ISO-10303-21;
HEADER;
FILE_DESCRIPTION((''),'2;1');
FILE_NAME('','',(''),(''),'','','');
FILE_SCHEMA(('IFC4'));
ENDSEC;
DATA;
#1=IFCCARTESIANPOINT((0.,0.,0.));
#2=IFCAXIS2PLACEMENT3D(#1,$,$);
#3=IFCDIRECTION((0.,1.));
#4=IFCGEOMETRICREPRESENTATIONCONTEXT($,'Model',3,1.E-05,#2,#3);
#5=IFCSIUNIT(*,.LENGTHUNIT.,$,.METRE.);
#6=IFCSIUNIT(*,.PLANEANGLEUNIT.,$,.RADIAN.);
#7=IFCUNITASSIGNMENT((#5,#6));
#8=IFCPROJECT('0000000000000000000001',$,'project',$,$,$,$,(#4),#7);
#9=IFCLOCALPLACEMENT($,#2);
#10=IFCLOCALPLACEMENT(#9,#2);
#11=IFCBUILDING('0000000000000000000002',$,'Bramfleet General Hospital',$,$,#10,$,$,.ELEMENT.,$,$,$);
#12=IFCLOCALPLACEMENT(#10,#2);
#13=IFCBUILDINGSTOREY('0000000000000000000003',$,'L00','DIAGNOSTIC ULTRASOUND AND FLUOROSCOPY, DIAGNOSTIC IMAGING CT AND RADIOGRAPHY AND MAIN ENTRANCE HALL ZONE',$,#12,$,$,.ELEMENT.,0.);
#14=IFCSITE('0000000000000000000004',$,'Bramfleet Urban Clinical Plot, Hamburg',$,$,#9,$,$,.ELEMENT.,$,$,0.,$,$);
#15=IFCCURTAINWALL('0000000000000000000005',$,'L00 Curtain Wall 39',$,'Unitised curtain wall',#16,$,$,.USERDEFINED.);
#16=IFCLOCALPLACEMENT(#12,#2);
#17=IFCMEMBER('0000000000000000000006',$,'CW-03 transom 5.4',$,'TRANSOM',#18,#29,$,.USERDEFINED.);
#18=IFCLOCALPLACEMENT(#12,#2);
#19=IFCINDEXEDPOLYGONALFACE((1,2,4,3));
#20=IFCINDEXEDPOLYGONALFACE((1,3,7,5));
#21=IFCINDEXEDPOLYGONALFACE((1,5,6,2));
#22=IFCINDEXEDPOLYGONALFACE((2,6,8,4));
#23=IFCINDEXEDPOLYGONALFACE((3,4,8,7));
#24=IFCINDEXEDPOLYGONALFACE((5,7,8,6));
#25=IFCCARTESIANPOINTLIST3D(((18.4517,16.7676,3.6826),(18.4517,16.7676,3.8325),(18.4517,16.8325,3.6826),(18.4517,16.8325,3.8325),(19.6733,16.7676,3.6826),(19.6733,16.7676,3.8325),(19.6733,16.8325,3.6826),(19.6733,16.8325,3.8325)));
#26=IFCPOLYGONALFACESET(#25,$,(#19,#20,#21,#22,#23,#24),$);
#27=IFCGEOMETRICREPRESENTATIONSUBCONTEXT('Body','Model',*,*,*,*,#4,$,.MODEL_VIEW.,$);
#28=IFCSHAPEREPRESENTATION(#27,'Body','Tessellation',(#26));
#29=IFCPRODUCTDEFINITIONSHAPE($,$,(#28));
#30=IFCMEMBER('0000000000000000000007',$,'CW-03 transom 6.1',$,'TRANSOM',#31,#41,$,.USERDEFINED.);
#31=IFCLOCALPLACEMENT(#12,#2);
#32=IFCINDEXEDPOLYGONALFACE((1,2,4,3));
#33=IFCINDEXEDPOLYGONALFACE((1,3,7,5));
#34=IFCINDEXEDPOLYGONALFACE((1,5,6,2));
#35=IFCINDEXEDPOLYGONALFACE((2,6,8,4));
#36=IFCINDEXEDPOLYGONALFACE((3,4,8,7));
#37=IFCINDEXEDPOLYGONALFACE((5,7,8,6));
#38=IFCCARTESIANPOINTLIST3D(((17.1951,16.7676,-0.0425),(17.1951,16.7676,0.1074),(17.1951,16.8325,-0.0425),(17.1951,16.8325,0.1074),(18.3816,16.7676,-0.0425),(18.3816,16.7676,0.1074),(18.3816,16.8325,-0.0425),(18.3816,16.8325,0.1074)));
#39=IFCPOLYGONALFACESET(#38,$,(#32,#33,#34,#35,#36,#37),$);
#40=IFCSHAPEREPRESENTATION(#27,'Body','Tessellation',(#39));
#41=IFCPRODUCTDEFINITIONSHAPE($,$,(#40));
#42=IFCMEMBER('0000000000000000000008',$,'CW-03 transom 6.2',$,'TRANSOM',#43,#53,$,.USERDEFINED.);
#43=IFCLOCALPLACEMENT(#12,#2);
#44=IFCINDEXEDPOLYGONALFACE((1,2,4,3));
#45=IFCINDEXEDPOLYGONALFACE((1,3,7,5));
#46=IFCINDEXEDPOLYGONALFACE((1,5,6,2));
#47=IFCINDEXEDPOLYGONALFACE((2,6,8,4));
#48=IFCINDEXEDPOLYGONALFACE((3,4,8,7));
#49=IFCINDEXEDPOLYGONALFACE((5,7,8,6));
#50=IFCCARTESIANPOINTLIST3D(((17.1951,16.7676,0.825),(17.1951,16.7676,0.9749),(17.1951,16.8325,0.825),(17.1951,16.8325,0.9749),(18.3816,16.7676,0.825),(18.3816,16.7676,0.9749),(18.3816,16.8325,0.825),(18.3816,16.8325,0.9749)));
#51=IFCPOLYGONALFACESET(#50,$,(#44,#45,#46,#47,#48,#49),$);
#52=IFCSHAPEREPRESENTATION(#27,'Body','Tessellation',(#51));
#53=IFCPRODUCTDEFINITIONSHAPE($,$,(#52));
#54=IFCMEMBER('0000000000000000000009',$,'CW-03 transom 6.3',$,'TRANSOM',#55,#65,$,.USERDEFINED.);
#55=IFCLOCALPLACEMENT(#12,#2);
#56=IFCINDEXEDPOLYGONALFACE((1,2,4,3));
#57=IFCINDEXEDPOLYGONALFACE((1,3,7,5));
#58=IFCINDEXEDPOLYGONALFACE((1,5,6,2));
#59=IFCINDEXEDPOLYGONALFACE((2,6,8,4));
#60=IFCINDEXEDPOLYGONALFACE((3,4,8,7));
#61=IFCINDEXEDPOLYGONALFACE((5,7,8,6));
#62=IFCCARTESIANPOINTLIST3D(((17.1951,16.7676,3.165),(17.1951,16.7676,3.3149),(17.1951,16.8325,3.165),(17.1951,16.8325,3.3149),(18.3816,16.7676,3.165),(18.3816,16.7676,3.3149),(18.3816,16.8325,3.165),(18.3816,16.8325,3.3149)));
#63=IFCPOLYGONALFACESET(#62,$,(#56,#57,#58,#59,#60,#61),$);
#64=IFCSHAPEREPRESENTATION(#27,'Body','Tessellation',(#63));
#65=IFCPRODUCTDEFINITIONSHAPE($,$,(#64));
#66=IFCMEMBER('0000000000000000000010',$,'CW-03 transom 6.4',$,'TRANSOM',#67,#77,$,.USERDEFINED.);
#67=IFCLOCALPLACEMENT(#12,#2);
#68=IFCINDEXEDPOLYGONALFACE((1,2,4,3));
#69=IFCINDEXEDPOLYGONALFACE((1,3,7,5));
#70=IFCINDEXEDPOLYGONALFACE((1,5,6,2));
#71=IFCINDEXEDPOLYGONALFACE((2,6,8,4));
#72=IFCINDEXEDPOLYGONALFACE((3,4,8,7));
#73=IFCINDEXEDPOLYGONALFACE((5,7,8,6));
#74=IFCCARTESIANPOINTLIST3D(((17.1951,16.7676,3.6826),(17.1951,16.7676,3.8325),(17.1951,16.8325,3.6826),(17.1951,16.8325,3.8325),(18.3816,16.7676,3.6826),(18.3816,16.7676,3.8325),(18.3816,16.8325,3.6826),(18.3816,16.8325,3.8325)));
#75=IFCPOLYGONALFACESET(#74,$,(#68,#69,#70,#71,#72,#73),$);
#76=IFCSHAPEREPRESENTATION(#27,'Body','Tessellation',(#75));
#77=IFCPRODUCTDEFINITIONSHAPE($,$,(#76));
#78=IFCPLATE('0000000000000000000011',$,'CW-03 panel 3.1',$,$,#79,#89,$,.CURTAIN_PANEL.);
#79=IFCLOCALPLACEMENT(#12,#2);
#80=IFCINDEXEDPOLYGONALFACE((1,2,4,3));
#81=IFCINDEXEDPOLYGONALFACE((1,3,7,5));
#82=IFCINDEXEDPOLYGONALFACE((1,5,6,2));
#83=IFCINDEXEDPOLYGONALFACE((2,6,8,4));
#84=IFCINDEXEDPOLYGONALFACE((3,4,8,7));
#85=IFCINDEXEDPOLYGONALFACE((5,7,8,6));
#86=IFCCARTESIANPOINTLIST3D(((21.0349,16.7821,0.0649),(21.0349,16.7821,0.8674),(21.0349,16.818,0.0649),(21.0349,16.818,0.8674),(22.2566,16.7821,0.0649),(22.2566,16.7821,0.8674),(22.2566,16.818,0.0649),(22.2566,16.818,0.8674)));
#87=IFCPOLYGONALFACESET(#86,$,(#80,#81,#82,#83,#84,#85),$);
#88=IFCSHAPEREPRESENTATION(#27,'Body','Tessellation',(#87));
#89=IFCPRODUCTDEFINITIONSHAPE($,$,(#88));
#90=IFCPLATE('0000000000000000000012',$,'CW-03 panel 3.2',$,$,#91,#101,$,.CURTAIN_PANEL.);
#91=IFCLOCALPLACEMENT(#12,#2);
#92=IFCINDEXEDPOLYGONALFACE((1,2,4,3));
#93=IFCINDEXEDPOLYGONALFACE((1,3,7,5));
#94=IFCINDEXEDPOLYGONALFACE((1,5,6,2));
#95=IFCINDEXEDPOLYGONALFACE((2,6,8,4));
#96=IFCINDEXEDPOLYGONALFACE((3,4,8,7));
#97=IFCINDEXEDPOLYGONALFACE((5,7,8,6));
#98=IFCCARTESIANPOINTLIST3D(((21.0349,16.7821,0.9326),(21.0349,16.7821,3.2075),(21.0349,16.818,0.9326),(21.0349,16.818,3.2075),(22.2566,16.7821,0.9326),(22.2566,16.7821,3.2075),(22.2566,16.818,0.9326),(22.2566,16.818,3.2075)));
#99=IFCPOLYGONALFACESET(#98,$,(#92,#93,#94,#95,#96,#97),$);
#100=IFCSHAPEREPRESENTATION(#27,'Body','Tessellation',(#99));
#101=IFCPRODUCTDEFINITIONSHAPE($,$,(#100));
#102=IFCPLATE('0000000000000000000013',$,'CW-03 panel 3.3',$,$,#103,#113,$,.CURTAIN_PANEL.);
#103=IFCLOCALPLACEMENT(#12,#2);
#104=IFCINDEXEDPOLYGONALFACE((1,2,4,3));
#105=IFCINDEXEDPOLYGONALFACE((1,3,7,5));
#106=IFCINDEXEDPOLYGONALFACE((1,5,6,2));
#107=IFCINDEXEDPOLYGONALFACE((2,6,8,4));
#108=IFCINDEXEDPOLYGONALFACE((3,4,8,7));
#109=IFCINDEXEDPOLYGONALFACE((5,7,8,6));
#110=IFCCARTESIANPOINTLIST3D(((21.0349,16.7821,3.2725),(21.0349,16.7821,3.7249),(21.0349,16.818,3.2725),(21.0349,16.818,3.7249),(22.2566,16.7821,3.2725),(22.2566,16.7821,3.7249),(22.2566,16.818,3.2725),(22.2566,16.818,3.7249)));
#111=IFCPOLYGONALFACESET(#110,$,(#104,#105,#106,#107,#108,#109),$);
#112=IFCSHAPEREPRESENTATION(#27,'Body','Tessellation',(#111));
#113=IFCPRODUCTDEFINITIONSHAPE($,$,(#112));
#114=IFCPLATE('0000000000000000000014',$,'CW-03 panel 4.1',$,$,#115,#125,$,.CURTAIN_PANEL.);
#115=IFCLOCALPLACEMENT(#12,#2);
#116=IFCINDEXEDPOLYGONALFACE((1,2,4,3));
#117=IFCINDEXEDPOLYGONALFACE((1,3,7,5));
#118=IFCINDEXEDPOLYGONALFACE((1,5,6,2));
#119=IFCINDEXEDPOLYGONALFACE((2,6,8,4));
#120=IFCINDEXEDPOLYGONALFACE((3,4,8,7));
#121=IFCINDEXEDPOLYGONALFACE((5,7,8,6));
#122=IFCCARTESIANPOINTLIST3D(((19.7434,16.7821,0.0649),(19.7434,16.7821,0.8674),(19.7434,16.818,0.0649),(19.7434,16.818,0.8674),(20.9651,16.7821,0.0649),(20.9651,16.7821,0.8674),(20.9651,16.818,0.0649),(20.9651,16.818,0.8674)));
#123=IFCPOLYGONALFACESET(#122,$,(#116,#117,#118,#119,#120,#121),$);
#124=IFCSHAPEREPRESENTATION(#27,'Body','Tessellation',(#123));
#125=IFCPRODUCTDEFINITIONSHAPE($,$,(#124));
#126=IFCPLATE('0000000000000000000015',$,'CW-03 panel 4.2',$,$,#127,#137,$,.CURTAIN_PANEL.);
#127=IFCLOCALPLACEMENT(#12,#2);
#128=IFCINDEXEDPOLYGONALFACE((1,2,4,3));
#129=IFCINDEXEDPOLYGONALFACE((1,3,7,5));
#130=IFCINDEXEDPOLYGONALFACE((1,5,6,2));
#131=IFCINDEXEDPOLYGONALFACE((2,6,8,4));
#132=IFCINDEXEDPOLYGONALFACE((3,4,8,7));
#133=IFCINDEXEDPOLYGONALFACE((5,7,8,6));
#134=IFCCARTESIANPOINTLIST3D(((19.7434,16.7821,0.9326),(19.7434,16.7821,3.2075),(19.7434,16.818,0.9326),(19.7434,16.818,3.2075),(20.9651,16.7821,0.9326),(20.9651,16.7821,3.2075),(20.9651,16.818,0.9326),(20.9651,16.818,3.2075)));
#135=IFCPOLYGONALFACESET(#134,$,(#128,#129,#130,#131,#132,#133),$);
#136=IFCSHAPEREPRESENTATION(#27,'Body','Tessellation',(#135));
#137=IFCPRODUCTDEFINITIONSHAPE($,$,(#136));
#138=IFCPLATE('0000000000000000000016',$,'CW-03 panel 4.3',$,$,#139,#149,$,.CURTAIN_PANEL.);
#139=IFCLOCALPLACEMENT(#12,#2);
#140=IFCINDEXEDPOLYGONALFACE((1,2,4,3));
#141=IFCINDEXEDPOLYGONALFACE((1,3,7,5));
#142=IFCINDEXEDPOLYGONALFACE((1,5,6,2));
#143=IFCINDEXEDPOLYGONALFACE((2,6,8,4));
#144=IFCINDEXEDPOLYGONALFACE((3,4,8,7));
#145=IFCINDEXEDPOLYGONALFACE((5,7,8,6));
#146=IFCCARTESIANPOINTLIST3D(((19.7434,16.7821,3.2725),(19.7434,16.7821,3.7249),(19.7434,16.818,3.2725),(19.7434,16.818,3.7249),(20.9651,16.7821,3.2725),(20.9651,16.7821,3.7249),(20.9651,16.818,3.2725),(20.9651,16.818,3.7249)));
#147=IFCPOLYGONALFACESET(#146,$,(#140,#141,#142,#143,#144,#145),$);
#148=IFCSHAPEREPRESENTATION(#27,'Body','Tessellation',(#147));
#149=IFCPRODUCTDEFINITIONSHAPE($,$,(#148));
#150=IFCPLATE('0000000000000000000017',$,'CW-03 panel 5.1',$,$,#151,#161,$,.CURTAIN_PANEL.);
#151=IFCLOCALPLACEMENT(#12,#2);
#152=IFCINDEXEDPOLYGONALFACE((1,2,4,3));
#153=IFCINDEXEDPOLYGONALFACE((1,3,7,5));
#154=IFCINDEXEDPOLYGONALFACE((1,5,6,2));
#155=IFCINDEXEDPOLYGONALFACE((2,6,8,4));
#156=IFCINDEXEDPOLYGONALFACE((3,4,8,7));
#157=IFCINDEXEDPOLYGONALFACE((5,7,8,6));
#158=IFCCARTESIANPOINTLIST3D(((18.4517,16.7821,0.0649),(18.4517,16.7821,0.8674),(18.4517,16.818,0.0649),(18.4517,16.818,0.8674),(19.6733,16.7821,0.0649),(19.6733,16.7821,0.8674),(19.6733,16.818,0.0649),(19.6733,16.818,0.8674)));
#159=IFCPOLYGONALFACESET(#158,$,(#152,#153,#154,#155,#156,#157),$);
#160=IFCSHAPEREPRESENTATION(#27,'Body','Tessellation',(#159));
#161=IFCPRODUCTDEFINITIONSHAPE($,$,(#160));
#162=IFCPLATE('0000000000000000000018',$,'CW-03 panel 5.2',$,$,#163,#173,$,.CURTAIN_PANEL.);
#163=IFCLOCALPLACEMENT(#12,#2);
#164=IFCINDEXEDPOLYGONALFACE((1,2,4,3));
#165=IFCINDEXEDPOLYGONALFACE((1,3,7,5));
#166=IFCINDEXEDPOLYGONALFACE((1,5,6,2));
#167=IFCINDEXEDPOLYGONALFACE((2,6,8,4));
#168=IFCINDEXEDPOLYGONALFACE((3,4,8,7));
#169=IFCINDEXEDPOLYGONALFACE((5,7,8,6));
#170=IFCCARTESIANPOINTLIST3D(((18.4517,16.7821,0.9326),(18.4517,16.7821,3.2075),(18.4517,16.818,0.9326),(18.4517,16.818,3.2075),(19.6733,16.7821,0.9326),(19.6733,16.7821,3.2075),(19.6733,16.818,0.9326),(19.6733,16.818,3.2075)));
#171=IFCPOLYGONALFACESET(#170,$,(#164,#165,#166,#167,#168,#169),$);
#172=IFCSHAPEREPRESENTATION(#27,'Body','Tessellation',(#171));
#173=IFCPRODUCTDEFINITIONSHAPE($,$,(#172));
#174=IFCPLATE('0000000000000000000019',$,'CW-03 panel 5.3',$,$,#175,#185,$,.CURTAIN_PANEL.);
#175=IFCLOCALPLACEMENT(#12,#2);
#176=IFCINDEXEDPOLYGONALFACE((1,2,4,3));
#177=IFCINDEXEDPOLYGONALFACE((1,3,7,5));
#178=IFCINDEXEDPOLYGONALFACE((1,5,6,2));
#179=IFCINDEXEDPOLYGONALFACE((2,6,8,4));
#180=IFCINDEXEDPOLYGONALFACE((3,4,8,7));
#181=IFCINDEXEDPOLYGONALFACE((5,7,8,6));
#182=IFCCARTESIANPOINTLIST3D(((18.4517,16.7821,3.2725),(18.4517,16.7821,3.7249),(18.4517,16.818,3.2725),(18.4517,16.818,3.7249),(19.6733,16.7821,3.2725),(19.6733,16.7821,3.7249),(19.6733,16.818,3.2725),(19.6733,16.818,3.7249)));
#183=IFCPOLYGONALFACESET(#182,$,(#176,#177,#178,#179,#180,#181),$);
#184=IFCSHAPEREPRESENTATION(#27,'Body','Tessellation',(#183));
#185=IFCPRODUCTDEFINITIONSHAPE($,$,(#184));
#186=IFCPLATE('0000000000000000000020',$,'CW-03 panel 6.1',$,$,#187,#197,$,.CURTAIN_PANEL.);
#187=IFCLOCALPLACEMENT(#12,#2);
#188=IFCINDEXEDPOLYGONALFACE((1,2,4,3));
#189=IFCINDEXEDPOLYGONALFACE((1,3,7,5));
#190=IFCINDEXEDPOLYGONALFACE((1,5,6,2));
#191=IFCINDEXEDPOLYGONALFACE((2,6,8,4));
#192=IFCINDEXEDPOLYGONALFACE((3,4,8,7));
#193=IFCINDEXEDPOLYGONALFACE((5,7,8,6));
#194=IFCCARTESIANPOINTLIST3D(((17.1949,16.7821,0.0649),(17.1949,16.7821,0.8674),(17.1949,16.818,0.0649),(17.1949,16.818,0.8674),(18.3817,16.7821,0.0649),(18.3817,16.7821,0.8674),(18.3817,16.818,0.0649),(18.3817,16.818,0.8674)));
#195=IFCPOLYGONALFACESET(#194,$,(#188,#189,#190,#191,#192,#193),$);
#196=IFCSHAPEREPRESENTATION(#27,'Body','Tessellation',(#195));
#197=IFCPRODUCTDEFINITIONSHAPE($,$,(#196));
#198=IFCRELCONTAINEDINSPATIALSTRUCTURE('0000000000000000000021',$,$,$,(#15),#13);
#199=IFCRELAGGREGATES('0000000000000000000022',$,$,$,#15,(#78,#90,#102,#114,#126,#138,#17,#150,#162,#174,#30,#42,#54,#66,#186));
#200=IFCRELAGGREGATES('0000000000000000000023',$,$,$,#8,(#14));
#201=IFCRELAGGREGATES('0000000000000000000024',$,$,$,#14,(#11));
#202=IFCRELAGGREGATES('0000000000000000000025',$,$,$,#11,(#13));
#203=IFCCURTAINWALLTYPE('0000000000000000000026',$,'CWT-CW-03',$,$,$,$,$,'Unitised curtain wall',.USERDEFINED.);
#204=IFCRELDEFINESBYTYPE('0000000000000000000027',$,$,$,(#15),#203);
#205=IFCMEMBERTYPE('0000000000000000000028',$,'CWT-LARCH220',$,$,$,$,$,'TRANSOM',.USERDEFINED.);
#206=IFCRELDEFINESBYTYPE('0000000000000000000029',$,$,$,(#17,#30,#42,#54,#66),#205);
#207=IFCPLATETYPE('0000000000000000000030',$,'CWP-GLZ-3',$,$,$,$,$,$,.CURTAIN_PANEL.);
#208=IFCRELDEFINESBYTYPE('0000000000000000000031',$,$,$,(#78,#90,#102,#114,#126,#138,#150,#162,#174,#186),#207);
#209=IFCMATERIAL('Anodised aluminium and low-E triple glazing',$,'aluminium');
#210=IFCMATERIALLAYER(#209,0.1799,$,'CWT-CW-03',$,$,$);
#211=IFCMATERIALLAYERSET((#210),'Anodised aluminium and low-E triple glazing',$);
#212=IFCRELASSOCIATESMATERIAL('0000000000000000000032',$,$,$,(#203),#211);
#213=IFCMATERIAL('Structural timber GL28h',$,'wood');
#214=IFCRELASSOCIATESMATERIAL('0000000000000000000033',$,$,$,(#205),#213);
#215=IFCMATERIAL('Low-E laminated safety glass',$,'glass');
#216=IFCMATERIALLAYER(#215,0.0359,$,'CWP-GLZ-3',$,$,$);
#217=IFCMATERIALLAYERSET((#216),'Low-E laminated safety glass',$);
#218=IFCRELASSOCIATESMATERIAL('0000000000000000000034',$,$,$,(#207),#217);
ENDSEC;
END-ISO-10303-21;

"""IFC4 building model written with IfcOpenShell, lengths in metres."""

from ifc_helpers import new_model, si_unit, direction, frame, origin, origin_2d, place, context, subcontext, project, spatial, rectangle, extrude, material, layer, layer_set, material_profile, profile_set, type_object, element, aggregate, save


model = new_model("IFC4")

# Units and contexts
model_context = context("Model", 3, precision=1e-05, world=origin(), true_north=direction((0.0, 1.0)))
body_context = subcontext(model_context, "Body", "Model", "MODEL_VIEW")
ifc_project = project(units=[si_unit("LENGTHUNIT", "METRE"), si_unit("PLANEANGLEUNIT", "RADIAN")], contexts=[model_context])

# Site, building, storey
site_placement = place(None, origin())
site = spatial("IfcSite", under=ifc_project, at=site_placement, Name="Bramfleet Urban Clinical Plot, Hamburg", CompositionType="ELEMENT", RefElevation=0.0)
building_placement = place(site_placement, origin())
building = spatial("IfcBuilding", under=site, at=building_placement, Name="Bramfleet General Hospital", CompositionType="ELEMENT")
storey_placement = place(building_placement, origin())
storey = spatial("IfcBuildingStorey", under=building, at=storey_placement, Name="L00", Description="DIAGNOSTIC ULTRASOUND AND FLUOROSCOPY, DIAGNOSTIC IMAGING CT AND RADIOGRAPHY AND MAIN ENTRANCE HALL ZONE", CompositionType="ELEMENT", Elevation=0.0)

# Curtain wall, members, plates
ifc_material_1 = material(Name="Anodised aluminium and low-E triple glazing", Category="aluminium")
ifc_layer_1 = layer(ifc_material_1, 0.1799, Name="CWT-CW-03")
ifc_layer_set_1 = layer_set([ifc_layer_1], Name="Anodised aluminium and low-E triple glazing")
curtain_wall_type = type_object("IfcCurtainWallType", Name="CWT-CW-03", ElementType="Unitised curtain wall", PredefinedType="USERDEFINED", material=ifc_layer_set_1)
curtain_wall_placement = place(storey_placement, origin())
curtain_wall = element("IfcCurtainWall", 1, at=curtain_wall_placement, inside=storey, type_object=curtain_wall_type, Name="L00 Curtain Wall 39", ObjectType="Unitised curtain wall", PredefinedType="USERDEFINED")
ifc_material_2 = material(Name="Structural timber GL28h", Category="wood")
ifc_material_profile_1 = material_profile(ifc_material_2, rectangle(XDim=0.0649, YDim=0.1499, at=origin_2d()), Name="LARCH 150x65")
ifc_profile_set_1 = profile_set([ifc_material_profile_1], Name="Structural timber GL28h")
member_type_1 = type_object("IfcMemberType", Name="CWT-LARCH220", ElementType="TRANSOM", PredefinedType="USERDEFINED", material=ifc_profile_set_1)
member_1_placement = place(storey_placement, frame((19.6733, 16.8, 3.7576), z_axis=(-1.0, 0.0, 0.0), x_axis=(0.0, -1.0, 0.0)))
member_1 = element("IfcMember", 2, at=member_1_placement, type_object=member_type_1, Name="CW-03 transom 5.4", ObjectType="TRANSOM", PredefinedType="USERDEFINED", context=body_context, shape_type="SweptSolid", body=[
    extrude(rectangle(XDim=0.0649, YDim=0.1499, at=origin_2d()), origin(), (0.0, 0.0, 1.0), 1.2217),
])
member_2_placement = place(storey_placement, frame((18.3816, 16.8, 0.0325), z_axis=(-1.0, 0.0, 0.0), x_axis=(0.0, -1.0, 0.0)))
member_2 = element("IfcMember", 3, at=member_2_placement, type_object=member_type_1, Name="CW-03 transom 6.1", ObjectType="TRANSOM", PredefinedType="USERDEFINED", context=body_context, shape_type="SweptSolid", body=[
    extrude(rectangle(XDim=0.0649, YDim=0.1499, at=origin_2d()), origin(), (0.0, 0.0, 1.0), 1.1865),
])
member_3_placement = place(storey_placement, frame((18.3816, 16.8, 0.8999), z_axis=(-1.0, 0.0, 0.0), x_axis=(0.0, -1.0, 0.0)))
member_3 = element("IfcMember", 4, at=member_3_placement, type_object=member_type_1, Name="CW-03 transom 6.2", ObjectType="TRANSOM", PredefinedType="USERDEFINED", context=body_context, shape_type="SweptSolid", body=[
    extrude(rectangle(XDim=0.0649, YDim=0.1499, at=origin_2d()), origin(), (0.0, 0.0, 1.0), 1.1865),
])
member_4_placement = place(storey_placement, frame((18.3816, 16.8, 3.24), z_axis=(-1.0, 0.0, 0.0), x_axis=(0.0, -1.0, 0.0)))
member_4 = element("IfcMember", 5, at=member_4_placement, type_object=member_type_1, Name="CW-03 transom 6.3", ObjectType="TRANSOM", PredefinedType="USERDEFINED", context=body_context, shape_type="SweptSolid", body=[
    extrude(rectangle(XDim=0.0649, YDim=0.1499, at=origin_2d()), origin(), (0.0, 0.0, 1.0), 1.1865),
])
member_5_placement = place(storey_placement, frame((18.3816, 16.8, 3.7576), z_axis=(-1.0, 0.0, 0.0), x_axis=(0.0, -1.0, 0.0)))
member_5 = element("IfcMember", 6, at=member_5_placement, type_object=member_type_1, Name="CW-03 transom 6.4", ObjectType="TRANSOM", PredefinedType="USERDEFINED", context=body_context, shape_type="SweptSolid", body=[
    extrude(rectangle(XDim=0.0649, YDim=0.1499, at=origin_2d()), origin(), (0.0, 0.0, 1.0), 1.1865),
])
ifc_material_3 = material(Name="Low-E laminated safety glass", Category="glass")
ifc_layer_2 = layer(ifc_material_3, 0.0359, Name="CWP-GLZ-3")
ifc_layer_set_2 = layer_set([ifc_layer_2], Name="Low-E laminated safety glass")
plate_type = type_object("IfcPlateType", Name="CWP-GLZ-3", PredefinedType="CURTAIN_PANEL", material=ifc_layer_set_2)
plate_1_placement = place(storey_placement, frame((21.6458, 16.8, 0.0649), z_axis=(0.0, 0.0, 1.0), x_axis=(-1.0, 0.0, 0.0)))
plate_1 = element("IfcPlate", 7, at=plate_1_placement, type_object=plate_type, Name="CW-03 panel 3.1", PredefinedType="CURTAIN_PANEL", context=body_context, shape_type="SweptSolid", body=[
    extrude(rectangle(XDim=1.2217, YDim=0.0359, at=origin_2d()), origin(), (0.0, 0.0, 1.0), 0.8025),
])
plate_2_placement = place(storey_placement, frame((21.6458, 16.8, 0.9326), z_axis=(0.0, 0.0, 1.0), x_axis=(-1.0, 0.0, 0.0)))
plate_2 = element("IfcPlate", 8, at=plate_2_placement, type_object=plate_type, Name="CW-03 panel 3.2", PredefinedType="CURTAIN_PANEL", context=body_context, shape_type="SweptSolid", body=[
    extrude(rectangle(XDim=1.2217, YDim=0.0359, at=origin_2d()), origin(), (0.0, 0.0, 1.0), 2.2749),
])
plate_3_placement = place(storey_placement, frame((21.6458, 16.8, 3.2725), z_axis=(0.0, 0.0, 1.0), x_axis=(-1.0, 0.0, 0.0)))
plate_3 = element("IfcPlate", 9, at=plate_3_placement, type_object=plate_type, Name="CW-03 panel 3.3", PredefinedType="CURTAIN_PANEL", context=body_context, shape_type="SweptSolid", body=[
    extrude(rectangle(XDim=1.2217, YDim=0.0359, at=origin_2d()), origin(), (0.0, 0.0, 1.0), 0.4524),
])
plate_4_placement = place(storey_placement, frame((20.3542, 16.8, 0.0649), z_axis=(0.0, 0.0, 1.0), x_axis=(-1.0, 0.0, 0.0)))
plate_4 = element("IfcPlate", 10, at=plate_4_placement, type_object=plate_type, Name="CW-03 panel 4.1", PredefinedType="CURTAIN_PANEL", context=body_context, shape_type="SweptSolid", body=[
    extrude(rectangle(XDim=1.2217, YDim=0.0359, at=origin_2d()), origin(), (0.0, 0.0, 1.0), 0.8025),
])
plate_5_placement = place(storey_placement, frame((20.3542, 16.8, 0.9326), z_axis=(0.0, 0.0, 1.0), x_axis=(-1.0, 0.0, 0.0)))
plate_5 = element("IfcPlate", 11, at=plate_5_placement, type_object=plate_type, Name="CW-03 panel 4.2", PredefinedType="CURTAIN_PANEL", context=body_context, shape_type="SweptSolid", body=[
    extrude(rectangle(XDim=1.2217, YDim=0.0359, at=origin_2d()), origin(), (0.0, 0.0, 1.0), 2.2749),
])
plate_6_placement = place(storey_placement, frame((20.3542, 16.8, 3.2725), z_axis=(0.0, 0.0, 1.0), x_axis=(-1.0, 0.0, 0.0)))
plate_6 = element("IfcPlate", 12, at=plate_6_placement, type_object=plate_type, Name="CW-03 panel 4.3", PredefinedType="CURTAIN_PANEL", context=body_context, shape_type="SweptSolid", body=[
    extrude(rectangle(XDim=1.2217, YDim=0.0359, at=origin_2d()), origin(), (0.0, 0.0, 1.0), 0.4524),
])
plate_7_placement = place(storey_placement, frame((19.0625, 16.8, 0.0649), z_axis=(0.0, 0.0, 1.0), x_axis=(-1.0, 0.0, 0.0)))
plate_7 = element("IfcPlate", 13, at=plate_7_placement, type_object=plate_type, Name="CW-03 panel 5.1", PredefinedType="CURTAIN_PANEL", context=body_context, shape_type="SweptSolid", body=[
    extrude(rectangle(XDim=1.2217, YDim=0.0359, at=origin_2d()), origin(), (0.0, 0.0, 1.0), 0.8025),
])
plate_8_placement = place(storey_placement, frame((19.0625, 16.8, 0.9326), z_axis=(0.0, 0.0, 1.0), x_axis=(-1.0, 0.0, 0.0)))
plate_8 = element("IfcPlate", 14, at=plate_8_placement, type_object=plate_type, Name="CW-03 panel 5.2", PredefinedType="CURTAIN_PANEL", context=body_context, shape_type="SweptSolid", body=[
    extrude(rectangle(XDim=1.2217, YDim=0.0359, at=origin_2d()), origin(), (0.0, 0.0, 1.0), 2.2749),
])
plate_9_placement = place(storey_placement, frame((19.0625, 16.8, 3.2725), z_axis=(0.0, 0.0, 1.0), x_axis=(-1.0, 0.0, 0.0)))
plate_9 = element("IfcPlate", 15, at=plate_9_placement, type_object=plate_type, Name="CW-03 panel 5.3", PredefinedType="CURTAIN_PANEL", context=body_context, shape_type="SweptSolid", body=[
    extrude(rectangle(XDim=1.2217, YDim=0.0359, at=origin_2d()), origin(), (0.0, 0.0, 1.0), 0.4524),
])
plate_10_placement = place(storey_placement, frame((17.7883, 16.8, 0.0649), z_axis=(0.0, 0.0, 1.0), x_axis=(-1.0, 0.0, 0.0)))
plate_10 = element("IfcPlate", 16, at=plate_10_placement, type_object=plate_type, Name="CW-03 panel 6.1", PredefinedType="CURTAIN_PANEL", context=body_context, shape_type="SweptSolid", body=[
    extrude(rectangle(XDim=1.1868, YDim=0.0359, at=origin_2d()), origin(), (0.0, 0.0, 1.0), 0.8025),
])
aggregate(curtain_wall, [plate_1, plate_2, plate_3, plate_4, plate_5, plate_6, member_1, plate_7, plate_8, plate_9, member_2, member_3, member_4, member_5, plate_10])

save(model, "model.ifc")
